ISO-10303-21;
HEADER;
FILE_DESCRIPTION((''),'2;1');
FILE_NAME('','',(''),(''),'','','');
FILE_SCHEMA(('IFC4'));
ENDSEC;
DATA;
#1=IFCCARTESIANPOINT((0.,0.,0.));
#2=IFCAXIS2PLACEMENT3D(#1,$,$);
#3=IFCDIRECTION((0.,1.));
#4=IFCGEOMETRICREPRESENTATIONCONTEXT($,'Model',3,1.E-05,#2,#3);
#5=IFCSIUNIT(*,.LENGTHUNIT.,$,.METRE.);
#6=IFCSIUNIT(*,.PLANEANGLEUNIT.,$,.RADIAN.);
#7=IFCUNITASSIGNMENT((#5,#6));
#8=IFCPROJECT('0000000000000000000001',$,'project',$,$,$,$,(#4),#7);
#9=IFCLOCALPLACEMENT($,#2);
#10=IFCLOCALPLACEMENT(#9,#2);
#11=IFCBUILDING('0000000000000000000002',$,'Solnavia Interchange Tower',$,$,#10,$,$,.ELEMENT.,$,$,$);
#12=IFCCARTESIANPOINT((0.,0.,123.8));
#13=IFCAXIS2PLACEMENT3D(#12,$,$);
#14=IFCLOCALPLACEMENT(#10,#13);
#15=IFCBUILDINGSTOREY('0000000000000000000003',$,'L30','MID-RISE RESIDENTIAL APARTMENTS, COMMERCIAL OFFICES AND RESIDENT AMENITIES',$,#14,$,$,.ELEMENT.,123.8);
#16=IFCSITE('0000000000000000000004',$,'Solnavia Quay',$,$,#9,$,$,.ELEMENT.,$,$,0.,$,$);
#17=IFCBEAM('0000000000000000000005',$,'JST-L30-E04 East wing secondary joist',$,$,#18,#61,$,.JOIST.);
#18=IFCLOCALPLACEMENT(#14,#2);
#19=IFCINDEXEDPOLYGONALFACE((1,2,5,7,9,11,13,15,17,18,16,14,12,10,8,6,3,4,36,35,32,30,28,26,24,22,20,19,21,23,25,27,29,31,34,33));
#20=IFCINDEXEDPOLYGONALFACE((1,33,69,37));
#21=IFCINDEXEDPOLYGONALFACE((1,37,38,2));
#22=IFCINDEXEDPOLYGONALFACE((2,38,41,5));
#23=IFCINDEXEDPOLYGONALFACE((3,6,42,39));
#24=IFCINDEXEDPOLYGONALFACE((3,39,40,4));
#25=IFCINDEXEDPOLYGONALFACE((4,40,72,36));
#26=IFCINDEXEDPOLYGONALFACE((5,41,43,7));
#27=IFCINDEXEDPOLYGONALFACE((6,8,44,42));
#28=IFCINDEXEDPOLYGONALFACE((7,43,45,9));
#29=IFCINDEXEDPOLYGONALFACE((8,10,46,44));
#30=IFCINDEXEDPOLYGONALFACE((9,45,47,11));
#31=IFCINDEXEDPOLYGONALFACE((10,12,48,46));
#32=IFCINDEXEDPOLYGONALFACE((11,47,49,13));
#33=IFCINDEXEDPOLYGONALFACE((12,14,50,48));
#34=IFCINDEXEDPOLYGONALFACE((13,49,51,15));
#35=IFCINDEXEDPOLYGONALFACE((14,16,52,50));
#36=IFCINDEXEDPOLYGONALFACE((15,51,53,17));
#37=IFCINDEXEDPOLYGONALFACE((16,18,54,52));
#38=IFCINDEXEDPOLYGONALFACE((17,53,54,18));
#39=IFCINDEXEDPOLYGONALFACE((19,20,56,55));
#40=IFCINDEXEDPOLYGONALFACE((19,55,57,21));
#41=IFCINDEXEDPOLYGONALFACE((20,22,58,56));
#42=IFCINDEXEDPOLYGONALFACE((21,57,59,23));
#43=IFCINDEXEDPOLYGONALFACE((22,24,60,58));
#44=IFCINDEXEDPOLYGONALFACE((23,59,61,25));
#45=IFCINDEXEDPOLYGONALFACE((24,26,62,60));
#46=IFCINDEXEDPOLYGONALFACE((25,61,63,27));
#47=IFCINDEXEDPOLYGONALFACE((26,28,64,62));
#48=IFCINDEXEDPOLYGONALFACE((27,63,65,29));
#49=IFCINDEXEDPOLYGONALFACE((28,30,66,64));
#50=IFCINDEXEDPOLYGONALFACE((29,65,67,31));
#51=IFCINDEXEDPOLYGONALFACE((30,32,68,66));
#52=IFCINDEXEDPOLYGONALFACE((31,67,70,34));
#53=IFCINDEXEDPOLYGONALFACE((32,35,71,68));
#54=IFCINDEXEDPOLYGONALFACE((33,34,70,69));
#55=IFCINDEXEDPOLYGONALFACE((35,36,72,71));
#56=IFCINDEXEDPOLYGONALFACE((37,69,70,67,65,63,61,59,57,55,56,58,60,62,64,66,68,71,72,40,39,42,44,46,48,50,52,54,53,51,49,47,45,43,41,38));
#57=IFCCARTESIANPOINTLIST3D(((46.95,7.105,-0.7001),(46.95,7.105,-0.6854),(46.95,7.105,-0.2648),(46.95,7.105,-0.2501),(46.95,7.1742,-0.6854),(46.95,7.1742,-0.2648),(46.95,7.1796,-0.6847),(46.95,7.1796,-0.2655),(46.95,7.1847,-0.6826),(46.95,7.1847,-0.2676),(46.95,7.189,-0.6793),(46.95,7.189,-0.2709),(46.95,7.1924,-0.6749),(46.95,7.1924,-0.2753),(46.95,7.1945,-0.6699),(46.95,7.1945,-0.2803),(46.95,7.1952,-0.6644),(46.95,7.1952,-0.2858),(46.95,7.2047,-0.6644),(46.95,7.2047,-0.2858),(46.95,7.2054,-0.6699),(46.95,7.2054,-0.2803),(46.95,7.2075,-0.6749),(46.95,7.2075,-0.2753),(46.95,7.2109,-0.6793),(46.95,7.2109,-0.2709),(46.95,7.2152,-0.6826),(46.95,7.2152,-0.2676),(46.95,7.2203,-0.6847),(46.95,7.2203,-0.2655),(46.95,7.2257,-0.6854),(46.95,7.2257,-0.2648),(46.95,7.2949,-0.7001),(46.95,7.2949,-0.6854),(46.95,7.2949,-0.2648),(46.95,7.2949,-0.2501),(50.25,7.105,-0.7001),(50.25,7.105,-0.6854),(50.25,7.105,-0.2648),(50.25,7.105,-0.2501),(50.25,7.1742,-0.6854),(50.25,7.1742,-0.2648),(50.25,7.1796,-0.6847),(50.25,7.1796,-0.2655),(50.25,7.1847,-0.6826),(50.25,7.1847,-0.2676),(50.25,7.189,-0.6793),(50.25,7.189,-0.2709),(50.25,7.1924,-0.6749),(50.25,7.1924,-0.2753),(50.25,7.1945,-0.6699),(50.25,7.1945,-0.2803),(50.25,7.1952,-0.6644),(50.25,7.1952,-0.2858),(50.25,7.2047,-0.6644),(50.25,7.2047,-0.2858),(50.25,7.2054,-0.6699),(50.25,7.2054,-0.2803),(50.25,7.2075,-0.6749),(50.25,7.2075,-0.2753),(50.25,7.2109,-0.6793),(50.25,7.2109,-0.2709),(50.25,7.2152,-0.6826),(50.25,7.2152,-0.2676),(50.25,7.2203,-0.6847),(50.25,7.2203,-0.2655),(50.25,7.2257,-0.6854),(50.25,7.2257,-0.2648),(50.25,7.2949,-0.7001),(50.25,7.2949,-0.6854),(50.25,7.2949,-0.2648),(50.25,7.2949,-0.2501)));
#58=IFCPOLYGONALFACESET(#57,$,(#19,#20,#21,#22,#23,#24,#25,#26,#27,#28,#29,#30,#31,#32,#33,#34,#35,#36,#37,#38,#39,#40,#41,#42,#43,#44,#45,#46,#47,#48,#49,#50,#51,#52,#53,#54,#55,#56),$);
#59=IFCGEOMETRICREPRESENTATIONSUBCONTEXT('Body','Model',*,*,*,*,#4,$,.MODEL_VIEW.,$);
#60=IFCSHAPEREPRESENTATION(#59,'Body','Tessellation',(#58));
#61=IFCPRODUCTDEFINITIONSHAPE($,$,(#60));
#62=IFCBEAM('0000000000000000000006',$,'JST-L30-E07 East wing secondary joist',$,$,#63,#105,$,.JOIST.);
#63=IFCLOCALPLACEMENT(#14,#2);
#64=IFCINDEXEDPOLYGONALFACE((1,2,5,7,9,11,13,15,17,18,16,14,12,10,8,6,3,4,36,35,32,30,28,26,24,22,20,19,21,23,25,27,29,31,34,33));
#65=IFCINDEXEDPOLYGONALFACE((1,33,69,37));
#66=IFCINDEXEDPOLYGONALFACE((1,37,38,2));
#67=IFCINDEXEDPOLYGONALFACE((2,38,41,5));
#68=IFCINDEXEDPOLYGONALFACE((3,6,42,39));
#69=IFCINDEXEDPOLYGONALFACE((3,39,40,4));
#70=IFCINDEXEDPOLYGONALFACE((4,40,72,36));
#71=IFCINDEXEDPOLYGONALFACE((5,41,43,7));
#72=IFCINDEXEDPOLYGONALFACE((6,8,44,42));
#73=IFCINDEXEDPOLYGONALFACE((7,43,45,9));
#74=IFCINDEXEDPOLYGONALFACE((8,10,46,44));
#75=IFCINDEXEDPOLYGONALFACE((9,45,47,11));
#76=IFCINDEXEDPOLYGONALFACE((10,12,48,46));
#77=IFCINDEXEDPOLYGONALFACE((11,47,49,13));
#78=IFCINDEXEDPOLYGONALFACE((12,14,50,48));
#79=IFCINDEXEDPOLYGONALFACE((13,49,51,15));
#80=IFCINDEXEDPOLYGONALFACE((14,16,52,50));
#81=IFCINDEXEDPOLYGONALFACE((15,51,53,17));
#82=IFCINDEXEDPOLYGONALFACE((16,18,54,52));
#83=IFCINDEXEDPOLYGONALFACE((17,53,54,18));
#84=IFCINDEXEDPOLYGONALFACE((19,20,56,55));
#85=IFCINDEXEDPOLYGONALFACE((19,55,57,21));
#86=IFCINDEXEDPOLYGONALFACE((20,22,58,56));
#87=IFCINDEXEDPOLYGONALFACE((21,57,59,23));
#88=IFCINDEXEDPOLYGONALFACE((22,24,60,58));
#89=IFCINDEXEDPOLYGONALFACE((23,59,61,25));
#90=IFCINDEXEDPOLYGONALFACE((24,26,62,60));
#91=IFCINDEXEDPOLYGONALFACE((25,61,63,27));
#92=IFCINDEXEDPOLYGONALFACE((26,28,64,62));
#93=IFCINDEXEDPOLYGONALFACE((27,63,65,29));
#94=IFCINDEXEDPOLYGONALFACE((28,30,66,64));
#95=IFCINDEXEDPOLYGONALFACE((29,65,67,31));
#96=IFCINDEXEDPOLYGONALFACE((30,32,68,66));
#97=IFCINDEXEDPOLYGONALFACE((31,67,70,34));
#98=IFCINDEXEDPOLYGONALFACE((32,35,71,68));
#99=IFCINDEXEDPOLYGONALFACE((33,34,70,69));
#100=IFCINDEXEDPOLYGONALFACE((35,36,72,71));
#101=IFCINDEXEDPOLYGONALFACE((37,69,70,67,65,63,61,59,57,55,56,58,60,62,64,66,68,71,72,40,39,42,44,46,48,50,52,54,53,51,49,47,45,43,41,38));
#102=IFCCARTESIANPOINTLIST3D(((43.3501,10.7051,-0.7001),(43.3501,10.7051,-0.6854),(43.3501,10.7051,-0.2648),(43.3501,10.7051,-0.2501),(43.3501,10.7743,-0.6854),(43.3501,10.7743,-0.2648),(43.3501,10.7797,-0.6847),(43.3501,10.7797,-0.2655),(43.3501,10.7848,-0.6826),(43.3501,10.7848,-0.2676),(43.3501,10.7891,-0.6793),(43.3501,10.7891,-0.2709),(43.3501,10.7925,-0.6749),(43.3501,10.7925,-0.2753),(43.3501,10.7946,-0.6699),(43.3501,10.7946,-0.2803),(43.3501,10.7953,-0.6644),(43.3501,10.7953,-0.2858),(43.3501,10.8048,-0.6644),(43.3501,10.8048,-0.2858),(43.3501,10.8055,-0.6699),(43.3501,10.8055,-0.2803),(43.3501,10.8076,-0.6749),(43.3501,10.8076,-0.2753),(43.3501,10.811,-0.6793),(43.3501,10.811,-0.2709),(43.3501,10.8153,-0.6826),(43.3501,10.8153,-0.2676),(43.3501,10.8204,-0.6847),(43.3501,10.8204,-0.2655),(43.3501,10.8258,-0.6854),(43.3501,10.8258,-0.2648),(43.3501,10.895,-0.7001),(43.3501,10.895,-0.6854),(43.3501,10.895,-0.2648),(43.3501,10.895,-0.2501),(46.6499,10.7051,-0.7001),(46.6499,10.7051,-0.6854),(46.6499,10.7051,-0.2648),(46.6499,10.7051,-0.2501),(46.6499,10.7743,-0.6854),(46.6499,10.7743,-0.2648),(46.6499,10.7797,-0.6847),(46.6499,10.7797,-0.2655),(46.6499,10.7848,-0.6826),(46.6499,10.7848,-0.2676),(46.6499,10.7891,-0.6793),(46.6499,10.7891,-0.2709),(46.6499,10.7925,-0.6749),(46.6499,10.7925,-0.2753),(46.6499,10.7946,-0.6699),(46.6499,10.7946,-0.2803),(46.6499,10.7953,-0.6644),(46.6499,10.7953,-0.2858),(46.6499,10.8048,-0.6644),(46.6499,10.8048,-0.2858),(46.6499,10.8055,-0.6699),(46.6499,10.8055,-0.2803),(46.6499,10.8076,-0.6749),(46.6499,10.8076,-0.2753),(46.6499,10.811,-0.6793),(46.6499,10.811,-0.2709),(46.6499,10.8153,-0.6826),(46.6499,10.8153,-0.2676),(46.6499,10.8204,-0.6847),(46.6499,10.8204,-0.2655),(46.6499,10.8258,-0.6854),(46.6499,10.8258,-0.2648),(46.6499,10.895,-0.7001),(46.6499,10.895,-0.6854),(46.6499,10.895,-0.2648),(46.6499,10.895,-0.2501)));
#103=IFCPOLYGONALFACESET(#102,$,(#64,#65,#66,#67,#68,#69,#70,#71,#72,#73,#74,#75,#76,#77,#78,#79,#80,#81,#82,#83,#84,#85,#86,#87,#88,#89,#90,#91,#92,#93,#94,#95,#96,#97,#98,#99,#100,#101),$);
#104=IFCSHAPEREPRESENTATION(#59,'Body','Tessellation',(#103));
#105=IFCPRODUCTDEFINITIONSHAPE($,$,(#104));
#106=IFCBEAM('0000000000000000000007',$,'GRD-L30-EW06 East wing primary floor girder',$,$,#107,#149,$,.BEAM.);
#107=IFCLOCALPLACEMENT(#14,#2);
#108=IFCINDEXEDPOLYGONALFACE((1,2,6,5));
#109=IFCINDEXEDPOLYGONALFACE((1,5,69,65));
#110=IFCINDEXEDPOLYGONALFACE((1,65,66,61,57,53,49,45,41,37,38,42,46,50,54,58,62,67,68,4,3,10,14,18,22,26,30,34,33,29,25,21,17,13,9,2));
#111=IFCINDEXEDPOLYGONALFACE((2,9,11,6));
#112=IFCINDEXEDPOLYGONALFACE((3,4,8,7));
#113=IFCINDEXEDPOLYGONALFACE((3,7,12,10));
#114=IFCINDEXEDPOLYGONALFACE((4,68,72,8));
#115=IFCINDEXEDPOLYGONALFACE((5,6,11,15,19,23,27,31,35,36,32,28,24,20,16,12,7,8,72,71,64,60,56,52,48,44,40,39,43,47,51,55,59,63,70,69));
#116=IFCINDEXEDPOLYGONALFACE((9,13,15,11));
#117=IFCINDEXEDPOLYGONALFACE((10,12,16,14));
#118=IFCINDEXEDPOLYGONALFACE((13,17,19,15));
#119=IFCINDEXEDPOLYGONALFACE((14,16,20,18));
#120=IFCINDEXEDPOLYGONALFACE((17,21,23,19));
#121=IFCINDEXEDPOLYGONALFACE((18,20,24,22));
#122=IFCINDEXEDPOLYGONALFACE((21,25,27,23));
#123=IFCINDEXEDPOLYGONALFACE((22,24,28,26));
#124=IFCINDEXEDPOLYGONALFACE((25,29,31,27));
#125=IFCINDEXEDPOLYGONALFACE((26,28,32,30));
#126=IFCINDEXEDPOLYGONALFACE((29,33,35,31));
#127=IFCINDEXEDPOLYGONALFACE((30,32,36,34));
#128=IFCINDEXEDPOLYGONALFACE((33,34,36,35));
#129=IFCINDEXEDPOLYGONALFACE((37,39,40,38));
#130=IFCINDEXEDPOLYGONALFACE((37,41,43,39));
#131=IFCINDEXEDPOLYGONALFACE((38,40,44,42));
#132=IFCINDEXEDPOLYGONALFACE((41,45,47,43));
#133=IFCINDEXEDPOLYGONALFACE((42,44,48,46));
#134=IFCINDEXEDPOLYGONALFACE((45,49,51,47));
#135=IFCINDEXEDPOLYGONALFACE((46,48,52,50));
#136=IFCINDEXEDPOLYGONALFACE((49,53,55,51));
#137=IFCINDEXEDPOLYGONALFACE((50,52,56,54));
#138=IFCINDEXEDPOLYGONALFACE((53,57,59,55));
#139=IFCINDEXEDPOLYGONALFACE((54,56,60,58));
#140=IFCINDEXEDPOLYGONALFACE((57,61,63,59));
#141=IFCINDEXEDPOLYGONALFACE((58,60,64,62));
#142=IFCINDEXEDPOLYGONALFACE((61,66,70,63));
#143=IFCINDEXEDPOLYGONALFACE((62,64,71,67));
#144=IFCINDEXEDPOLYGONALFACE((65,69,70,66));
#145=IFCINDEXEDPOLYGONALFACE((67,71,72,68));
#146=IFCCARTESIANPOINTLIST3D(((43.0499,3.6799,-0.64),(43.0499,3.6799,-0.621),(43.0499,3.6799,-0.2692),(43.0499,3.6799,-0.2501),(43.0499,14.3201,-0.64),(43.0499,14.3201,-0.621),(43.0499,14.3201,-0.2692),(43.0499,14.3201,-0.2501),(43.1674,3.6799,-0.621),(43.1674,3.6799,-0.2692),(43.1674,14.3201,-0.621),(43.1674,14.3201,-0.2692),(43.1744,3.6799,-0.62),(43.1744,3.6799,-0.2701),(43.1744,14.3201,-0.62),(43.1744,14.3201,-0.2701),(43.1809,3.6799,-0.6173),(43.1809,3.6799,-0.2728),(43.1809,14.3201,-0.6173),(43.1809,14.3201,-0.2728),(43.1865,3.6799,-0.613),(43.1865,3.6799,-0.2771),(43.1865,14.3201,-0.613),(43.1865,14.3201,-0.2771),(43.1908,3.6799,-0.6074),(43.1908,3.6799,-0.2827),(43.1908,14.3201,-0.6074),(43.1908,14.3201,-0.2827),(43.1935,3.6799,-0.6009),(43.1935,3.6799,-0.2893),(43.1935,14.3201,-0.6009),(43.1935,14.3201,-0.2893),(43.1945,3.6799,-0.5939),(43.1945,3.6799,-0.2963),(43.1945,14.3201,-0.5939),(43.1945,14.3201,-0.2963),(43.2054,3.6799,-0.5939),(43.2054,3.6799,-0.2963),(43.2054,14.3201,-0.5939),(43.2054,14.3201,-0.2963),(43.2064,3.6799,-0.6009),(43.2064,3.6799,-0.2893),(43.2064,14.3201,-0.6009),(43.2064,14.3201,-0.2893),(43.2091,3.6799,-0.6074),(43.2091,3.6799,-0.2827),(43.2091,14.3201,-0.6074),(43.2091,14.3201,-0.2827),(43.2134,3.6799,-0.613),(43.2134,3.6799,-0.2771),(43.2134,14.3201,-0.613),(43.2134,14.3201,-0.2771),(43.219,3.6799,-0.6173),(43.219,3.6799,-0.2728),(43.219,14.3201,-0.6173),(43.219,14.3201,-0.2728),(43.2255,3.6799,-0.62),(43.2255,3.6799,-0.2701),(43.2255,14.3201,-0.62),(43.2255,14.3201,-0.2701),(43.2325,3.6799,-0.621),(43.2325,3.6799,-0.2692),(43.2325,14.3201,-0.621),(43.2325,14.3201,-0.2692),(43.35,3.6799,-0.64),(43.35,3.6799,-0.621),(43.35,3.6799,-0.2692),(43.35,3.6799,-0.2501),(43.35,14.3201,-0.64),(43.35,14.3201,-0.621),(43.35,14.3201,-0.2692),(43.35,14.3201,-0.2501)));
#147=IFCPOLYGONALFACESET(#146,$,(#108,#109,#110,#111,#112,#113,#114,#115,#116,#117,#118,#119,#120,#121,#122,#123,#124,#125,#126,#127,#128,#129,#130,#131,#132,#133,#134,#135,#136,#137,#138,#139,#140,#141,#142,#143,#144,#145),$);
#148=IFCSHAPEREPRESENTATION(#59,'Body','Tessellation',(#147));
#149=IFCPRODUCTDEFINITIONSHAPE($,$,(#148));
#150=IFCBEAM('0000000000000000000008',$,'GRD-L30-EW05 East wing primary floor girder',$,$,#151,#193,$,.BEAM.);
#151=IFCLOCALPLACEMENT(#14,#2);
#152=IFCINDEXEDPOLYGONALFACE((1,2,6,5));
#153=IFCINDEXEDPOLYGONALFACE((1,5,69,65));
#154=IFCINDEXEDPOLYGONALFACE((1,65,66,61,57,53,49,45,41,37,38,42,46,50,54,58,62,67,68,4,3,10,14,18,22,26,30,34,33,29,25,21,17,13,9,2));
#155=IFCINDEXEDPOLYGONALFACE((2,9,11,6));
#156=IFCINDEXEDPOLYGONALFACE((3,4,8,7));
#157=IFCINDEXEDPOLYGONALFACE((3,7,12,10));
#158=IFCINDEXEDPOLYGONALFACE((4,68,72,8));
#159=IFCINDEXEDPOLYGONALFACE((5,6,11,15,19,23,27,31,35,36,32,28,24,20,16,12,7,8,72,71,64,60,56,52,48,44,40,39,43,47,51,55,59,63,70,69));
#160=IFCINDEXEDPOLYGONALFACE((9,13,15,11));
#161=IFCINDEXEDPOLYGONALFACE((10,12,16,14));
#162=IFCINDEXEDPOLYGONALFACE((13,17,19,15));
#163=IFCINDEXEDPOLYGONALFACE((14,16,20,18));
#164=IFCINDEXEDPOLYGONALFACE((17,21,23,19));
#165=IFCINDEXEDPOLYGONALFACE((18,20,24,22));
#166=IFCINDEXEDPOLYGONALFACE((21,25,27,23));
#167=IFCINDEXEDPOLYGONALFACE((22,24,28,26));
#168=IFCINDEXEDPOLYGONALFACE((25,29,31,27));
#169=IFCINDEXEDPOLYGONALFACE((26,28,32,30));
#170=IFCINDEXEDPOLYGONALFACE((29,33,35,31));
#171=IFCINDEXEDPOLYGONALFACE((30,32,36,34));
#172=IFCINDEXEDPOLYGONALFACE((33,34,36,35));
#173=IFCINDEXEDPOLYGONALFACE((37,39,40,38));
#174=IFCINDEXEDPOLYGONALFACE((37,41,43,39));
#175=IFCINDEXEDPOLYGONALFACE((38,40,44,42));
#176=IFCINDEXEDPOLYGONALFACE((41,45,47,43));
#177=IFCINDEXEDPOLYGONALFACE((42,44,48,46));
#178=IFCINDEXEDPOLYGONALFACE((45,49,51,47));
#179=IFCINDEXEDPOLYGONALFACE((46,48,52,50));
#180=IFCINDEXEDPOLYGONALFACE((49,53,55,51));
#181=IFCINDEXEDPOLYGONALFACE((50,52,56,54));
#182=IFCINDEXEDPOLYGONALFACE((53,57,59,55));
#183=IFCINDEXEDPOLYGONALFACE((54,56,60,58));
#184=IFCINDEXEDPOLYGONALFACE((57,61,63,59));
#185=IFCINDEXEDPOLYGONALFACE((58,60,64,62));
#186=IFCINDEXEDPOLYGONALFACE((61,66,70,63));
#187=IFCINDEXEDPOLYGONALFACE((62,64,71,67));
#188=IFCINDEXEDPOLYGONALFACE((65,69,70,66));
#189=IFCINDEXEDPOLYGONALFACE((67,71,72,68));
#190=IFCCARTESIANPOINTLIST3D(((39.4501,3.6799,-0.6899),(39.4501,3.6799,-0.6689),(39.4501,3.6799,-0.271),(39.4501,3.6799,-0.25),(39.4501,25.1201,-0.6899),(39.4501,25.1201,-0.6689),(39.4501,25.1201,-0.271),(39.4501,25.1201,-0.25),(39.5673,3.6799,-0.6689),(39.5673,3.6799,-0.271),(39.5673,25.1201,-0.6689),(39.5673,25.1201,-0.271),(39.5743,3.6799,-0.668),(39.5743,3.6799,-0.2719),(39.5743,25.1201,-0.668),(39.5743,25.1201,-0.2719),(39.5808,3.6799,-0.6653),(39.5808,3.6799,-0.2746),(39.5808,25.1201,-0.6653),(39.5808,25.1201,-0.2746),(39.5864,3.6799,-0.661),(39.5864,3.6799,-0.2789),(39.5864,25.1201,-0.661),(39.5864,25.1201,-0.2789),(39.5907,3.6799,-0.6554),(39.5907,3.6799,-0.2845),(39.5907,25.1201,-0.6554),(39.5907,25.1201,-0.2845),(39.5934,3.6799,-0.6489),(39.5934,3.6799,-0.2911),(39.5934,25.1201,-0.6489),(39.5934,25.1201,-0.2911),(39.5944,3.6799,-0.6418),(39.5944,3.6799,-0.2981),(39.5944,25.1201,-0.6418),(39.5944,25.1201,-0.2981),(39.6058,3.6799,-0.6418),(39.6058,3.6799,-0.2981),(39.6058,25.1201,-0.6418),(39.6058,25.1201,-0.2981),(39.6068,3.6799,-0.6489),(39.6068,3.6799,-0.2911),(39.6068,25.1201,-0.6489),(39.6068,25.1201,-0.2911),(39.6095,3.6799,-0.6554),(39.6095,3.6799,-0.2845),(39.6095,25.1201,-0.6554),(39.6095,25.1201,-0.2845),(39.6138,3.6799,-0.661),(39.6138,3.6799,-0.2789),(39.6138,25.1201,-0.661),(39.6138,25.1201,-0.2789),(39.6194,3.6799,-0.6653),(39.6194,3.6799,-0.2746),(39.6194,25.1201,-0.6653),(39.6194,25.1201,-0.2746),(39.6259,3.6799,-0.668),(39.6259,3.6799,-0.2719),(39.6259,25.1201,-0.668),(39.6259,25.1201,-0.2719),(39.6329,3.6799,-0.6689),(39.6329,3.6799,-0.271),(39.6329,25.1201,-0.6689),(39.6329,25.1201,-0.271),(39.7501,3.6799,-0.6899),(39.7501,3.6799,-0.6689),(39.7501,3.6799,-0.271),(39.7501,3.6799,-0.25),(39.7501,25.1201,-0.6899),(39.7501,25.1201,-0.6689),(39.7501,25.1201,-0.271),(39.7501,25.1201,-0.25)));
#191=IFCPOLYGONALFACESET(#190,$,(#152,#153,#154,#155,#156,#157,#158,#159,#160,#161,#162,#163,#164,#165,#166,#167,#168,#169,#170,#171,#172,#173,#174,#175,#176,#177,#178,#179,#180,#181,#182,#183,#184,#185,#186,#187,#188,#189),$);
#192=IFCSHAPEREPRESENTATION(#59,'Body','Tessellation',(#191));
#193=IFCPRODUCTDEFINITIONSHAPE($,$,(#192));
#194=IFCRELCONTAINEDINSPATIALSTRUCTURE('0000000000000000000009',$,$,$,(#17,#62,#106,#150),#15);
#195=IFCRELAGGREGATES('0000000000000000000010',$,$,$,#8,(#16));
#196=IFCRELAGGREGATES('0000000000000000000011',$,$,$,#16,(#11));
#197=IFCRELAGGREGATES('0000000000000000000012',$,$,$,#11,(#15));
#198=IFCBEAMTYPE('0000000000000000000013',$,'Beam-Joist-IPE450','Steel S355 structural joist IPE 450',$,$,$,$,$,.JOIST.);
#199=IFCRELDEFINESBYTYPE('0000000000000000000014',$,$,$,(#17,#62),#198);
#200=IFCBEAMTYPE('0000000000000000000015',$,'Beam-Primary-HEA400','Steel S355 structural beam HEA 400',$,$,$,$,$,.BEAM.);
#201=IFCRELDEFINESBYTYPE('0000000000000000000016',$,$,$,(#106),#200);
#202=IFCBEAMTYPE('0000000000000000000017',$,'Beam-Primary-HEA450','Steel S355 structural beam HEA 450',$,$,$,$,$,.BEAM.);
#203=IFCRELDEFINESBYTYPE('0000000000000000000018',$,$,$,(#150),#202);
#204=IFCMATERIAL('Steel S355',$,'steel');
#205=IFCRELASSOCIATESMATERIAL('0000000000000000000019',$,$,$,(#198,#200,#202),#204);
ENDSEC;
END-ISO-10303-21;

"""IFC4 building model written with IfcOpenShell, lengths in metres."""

from ifc_helpers import new_model, si_unit, direction, frame, origin, origin_2d, place, context, subcontext, project, spatial, i_section, extrude, material, material_profile, profile_set, type_object, element, save


model = new_model("IFC4")

# Units and contexts
model_context = context("Model", 3, precision=1e-05, world=origin(), true_north=direction((0.0, 1.0)))
body_context = subcontext(model_context, "Body", "Model", "MODEL_VIEW")
ifc_project = project(units=[si_unit("LENGTHUNIT", "METRE"), si_unit("PLANEANGLEUNIT", "RADIAN")], contexts=[model_context])

# Site, building, storey
site_placement = place(None, origin())
site = spatial("IfcSite", under=ifc_project, at=site_placement, Name="Solnavia Quay", CompositionType="ELEMENT", RefElevation=0.0)
building_placement = place(site_placement, origin())
building = spatial("IfcBuilding", under=site, at=building_placement, Name="Solnavia Interchange Tower", CompositionType="ELEMENT")
storey_placement = place(building_placement, frame((0.0, 0.0, 123.8)))
storey = spatial("IfcBuildingStorey", under=building, at=storey_placement, Name="L30", Description="MID-RISE RESIDENTIAL APARTMENTS, COMMERCIAL OFFICES AND RESIDENT AMENITIES", CompositionType="ELEMENT", Elevation=123.8)

# Beams
ifc_material_1 = material(Name="Steel S355", Category="steel")
ifc_material_profile_1 = material_profile(ifc_material_1, i_section(OverallWidth=0.1899, OverallDepth=0.45, WebThickness=0.0095, FlangeThickness=0.0146, FilletRadius=0.021, at=origin_2d()), Name="IPE 450")
ifc_profile_set_1 = profile_set([ifc_material_profile_1], Name="Steel S355")
beam_type_1 = type_object("IfcBeamType", Name="Beam-Joist-IPE450", Description="Steel S355 structural joist IPE 450", PredefinedType="JOIST", material=ifc_profile_set_1)
beam_1_placement = place(storey_placement, frame((46.95, 7.2, -0.4751), z_axis=(1.0, 0.0, 0.0), x_axis=(0.0, 1.0, 0.0)))
element("IfcBeam", 1, at=beam_1_placement, inside=storey, type_object=beam_type_1, Name="JST-L30-E04 East wing secondary joist", PredefinedType="JOIST", context=body_context, shape_type="SweptSolid", body=[
    extrude(i_section(OverallWidth=0.1899, OverallDepth=0.45, WebThickness=0.0095, FlangeThickness=0.0146, FilletRadius=0.021, at=origin_2d()), origin(), (0.0, 0.0, 1.0), 3.3),
])
beam_2_placement = place(storey_placement, frame((43.3501, 10.8, -0.4751), z_axis=(1.0, 0.0, 0.0), x_axis=(0.0, 1.0, 0.0)))
element("IfcBeam", 2, at=beam_2_placement, inside=storey, type_object=beam_type_1, Name="JST-L30-E07 East wing secondary joist", PredefinedType="JOIST", context=body_context, shape_type="SweptSolid", body=[
    extrude(i_section(OverallWidth=0.1899, OverallDepth=0.45, WebThickness=0.0095, FlangeThickness=0.0146, FilletRadius=0.021, at=origin_2d()), origin(), (0.0, 0.0, 1.0), 3.2998),
])
ifc_material_profile_2 = material_profile(ifc_material_1, i_section(OverallWidth=0.3, OverallDepth=0.3899, WebThickness=0.011, FlangeThickness=0.019, FilletRadius=0.0271, at=origin_2d()), Name="HEA 400")
ifc_profile_set_2 = profile_set([ifc_material_profile_2], Name="Steel S355")
beam_type_2 = type_object("IfcBeamType", Name="Beam-Primary-HEA400", Description="Steel S355 structural beam HEA 400", PredefinedType="BEAM", material=ifc_profile_set_2)
beam_3_placement = place(storey_placement, frame((43.2, 3.6799, -0.4451), z_axis=(0.0, 1.0, 0.0), x_axis=(-1.0, 0.0, 0.0)))
element("IfcBeam", 3, at=beam_3_placement, inside=storey, type_object=beam_type_2, Name="GRD-L30-EW06 East wing primary floor girder", PredefinedType="BEAM", context=body_context, shape_type="SweptSolid", body=[
    extrude(i_section(OverallWidth=0.3, OverallDepth=0.3899, WebThickness=0.011, FlangeThickness=0.019, FilletRadius=0.0271, at=origin_2d()), origin(), (0.0, 0.0, 1.0), 10.6401),
])
ifc_material_profile_3 = material_profile(ifc_material_1, i_section(OverallWidth=0.3, OverallDepth=0.4399, WebThickness=0.0115, FlangeThickness=0.021, FilletRadius=0.0271, at=origin_2d()), Name="HEA 450")
ifc_profile_set_3 = profile_set([ifc_material_profile_3], Name="Steel S355")
beam_type_3 = type_object("IfcBeamType", Name="Beam-Primary-HEA450", Description="Steel S355 structural beam HEA 450", PredefinedType="BEAM", material=ifc_profile_set_3)
for number, where, z_axis, x_axis, name in (
    (4, (39.6001, 3.6799, -0.47), (0.0, 1.0, 0.0), (-1.0, 0.0, 0.0), "GRD-L30-EW05 East wing primary floor girder"),
):
    element("IfcBeam", number, at=place(storey_placement, frame(where, z_axis=z_axis, x_axis=x_axis)), inside=storey, type_object=beam_type_3, Name=name, PredefinedType="BEAM", context=body_context, shape_type="SweptSolid", body=[
        extrude(i_section(OverallWidth=0.3, OverallDepth=0.4399, WebThickness=0.0115, FlangeThickness=0.021, FilletRadius=0.0271, at=origin_2d()), origin(), (0.0, 0.0, 1.0), 21.4402),
    ])

save(model, "model.ifc")
